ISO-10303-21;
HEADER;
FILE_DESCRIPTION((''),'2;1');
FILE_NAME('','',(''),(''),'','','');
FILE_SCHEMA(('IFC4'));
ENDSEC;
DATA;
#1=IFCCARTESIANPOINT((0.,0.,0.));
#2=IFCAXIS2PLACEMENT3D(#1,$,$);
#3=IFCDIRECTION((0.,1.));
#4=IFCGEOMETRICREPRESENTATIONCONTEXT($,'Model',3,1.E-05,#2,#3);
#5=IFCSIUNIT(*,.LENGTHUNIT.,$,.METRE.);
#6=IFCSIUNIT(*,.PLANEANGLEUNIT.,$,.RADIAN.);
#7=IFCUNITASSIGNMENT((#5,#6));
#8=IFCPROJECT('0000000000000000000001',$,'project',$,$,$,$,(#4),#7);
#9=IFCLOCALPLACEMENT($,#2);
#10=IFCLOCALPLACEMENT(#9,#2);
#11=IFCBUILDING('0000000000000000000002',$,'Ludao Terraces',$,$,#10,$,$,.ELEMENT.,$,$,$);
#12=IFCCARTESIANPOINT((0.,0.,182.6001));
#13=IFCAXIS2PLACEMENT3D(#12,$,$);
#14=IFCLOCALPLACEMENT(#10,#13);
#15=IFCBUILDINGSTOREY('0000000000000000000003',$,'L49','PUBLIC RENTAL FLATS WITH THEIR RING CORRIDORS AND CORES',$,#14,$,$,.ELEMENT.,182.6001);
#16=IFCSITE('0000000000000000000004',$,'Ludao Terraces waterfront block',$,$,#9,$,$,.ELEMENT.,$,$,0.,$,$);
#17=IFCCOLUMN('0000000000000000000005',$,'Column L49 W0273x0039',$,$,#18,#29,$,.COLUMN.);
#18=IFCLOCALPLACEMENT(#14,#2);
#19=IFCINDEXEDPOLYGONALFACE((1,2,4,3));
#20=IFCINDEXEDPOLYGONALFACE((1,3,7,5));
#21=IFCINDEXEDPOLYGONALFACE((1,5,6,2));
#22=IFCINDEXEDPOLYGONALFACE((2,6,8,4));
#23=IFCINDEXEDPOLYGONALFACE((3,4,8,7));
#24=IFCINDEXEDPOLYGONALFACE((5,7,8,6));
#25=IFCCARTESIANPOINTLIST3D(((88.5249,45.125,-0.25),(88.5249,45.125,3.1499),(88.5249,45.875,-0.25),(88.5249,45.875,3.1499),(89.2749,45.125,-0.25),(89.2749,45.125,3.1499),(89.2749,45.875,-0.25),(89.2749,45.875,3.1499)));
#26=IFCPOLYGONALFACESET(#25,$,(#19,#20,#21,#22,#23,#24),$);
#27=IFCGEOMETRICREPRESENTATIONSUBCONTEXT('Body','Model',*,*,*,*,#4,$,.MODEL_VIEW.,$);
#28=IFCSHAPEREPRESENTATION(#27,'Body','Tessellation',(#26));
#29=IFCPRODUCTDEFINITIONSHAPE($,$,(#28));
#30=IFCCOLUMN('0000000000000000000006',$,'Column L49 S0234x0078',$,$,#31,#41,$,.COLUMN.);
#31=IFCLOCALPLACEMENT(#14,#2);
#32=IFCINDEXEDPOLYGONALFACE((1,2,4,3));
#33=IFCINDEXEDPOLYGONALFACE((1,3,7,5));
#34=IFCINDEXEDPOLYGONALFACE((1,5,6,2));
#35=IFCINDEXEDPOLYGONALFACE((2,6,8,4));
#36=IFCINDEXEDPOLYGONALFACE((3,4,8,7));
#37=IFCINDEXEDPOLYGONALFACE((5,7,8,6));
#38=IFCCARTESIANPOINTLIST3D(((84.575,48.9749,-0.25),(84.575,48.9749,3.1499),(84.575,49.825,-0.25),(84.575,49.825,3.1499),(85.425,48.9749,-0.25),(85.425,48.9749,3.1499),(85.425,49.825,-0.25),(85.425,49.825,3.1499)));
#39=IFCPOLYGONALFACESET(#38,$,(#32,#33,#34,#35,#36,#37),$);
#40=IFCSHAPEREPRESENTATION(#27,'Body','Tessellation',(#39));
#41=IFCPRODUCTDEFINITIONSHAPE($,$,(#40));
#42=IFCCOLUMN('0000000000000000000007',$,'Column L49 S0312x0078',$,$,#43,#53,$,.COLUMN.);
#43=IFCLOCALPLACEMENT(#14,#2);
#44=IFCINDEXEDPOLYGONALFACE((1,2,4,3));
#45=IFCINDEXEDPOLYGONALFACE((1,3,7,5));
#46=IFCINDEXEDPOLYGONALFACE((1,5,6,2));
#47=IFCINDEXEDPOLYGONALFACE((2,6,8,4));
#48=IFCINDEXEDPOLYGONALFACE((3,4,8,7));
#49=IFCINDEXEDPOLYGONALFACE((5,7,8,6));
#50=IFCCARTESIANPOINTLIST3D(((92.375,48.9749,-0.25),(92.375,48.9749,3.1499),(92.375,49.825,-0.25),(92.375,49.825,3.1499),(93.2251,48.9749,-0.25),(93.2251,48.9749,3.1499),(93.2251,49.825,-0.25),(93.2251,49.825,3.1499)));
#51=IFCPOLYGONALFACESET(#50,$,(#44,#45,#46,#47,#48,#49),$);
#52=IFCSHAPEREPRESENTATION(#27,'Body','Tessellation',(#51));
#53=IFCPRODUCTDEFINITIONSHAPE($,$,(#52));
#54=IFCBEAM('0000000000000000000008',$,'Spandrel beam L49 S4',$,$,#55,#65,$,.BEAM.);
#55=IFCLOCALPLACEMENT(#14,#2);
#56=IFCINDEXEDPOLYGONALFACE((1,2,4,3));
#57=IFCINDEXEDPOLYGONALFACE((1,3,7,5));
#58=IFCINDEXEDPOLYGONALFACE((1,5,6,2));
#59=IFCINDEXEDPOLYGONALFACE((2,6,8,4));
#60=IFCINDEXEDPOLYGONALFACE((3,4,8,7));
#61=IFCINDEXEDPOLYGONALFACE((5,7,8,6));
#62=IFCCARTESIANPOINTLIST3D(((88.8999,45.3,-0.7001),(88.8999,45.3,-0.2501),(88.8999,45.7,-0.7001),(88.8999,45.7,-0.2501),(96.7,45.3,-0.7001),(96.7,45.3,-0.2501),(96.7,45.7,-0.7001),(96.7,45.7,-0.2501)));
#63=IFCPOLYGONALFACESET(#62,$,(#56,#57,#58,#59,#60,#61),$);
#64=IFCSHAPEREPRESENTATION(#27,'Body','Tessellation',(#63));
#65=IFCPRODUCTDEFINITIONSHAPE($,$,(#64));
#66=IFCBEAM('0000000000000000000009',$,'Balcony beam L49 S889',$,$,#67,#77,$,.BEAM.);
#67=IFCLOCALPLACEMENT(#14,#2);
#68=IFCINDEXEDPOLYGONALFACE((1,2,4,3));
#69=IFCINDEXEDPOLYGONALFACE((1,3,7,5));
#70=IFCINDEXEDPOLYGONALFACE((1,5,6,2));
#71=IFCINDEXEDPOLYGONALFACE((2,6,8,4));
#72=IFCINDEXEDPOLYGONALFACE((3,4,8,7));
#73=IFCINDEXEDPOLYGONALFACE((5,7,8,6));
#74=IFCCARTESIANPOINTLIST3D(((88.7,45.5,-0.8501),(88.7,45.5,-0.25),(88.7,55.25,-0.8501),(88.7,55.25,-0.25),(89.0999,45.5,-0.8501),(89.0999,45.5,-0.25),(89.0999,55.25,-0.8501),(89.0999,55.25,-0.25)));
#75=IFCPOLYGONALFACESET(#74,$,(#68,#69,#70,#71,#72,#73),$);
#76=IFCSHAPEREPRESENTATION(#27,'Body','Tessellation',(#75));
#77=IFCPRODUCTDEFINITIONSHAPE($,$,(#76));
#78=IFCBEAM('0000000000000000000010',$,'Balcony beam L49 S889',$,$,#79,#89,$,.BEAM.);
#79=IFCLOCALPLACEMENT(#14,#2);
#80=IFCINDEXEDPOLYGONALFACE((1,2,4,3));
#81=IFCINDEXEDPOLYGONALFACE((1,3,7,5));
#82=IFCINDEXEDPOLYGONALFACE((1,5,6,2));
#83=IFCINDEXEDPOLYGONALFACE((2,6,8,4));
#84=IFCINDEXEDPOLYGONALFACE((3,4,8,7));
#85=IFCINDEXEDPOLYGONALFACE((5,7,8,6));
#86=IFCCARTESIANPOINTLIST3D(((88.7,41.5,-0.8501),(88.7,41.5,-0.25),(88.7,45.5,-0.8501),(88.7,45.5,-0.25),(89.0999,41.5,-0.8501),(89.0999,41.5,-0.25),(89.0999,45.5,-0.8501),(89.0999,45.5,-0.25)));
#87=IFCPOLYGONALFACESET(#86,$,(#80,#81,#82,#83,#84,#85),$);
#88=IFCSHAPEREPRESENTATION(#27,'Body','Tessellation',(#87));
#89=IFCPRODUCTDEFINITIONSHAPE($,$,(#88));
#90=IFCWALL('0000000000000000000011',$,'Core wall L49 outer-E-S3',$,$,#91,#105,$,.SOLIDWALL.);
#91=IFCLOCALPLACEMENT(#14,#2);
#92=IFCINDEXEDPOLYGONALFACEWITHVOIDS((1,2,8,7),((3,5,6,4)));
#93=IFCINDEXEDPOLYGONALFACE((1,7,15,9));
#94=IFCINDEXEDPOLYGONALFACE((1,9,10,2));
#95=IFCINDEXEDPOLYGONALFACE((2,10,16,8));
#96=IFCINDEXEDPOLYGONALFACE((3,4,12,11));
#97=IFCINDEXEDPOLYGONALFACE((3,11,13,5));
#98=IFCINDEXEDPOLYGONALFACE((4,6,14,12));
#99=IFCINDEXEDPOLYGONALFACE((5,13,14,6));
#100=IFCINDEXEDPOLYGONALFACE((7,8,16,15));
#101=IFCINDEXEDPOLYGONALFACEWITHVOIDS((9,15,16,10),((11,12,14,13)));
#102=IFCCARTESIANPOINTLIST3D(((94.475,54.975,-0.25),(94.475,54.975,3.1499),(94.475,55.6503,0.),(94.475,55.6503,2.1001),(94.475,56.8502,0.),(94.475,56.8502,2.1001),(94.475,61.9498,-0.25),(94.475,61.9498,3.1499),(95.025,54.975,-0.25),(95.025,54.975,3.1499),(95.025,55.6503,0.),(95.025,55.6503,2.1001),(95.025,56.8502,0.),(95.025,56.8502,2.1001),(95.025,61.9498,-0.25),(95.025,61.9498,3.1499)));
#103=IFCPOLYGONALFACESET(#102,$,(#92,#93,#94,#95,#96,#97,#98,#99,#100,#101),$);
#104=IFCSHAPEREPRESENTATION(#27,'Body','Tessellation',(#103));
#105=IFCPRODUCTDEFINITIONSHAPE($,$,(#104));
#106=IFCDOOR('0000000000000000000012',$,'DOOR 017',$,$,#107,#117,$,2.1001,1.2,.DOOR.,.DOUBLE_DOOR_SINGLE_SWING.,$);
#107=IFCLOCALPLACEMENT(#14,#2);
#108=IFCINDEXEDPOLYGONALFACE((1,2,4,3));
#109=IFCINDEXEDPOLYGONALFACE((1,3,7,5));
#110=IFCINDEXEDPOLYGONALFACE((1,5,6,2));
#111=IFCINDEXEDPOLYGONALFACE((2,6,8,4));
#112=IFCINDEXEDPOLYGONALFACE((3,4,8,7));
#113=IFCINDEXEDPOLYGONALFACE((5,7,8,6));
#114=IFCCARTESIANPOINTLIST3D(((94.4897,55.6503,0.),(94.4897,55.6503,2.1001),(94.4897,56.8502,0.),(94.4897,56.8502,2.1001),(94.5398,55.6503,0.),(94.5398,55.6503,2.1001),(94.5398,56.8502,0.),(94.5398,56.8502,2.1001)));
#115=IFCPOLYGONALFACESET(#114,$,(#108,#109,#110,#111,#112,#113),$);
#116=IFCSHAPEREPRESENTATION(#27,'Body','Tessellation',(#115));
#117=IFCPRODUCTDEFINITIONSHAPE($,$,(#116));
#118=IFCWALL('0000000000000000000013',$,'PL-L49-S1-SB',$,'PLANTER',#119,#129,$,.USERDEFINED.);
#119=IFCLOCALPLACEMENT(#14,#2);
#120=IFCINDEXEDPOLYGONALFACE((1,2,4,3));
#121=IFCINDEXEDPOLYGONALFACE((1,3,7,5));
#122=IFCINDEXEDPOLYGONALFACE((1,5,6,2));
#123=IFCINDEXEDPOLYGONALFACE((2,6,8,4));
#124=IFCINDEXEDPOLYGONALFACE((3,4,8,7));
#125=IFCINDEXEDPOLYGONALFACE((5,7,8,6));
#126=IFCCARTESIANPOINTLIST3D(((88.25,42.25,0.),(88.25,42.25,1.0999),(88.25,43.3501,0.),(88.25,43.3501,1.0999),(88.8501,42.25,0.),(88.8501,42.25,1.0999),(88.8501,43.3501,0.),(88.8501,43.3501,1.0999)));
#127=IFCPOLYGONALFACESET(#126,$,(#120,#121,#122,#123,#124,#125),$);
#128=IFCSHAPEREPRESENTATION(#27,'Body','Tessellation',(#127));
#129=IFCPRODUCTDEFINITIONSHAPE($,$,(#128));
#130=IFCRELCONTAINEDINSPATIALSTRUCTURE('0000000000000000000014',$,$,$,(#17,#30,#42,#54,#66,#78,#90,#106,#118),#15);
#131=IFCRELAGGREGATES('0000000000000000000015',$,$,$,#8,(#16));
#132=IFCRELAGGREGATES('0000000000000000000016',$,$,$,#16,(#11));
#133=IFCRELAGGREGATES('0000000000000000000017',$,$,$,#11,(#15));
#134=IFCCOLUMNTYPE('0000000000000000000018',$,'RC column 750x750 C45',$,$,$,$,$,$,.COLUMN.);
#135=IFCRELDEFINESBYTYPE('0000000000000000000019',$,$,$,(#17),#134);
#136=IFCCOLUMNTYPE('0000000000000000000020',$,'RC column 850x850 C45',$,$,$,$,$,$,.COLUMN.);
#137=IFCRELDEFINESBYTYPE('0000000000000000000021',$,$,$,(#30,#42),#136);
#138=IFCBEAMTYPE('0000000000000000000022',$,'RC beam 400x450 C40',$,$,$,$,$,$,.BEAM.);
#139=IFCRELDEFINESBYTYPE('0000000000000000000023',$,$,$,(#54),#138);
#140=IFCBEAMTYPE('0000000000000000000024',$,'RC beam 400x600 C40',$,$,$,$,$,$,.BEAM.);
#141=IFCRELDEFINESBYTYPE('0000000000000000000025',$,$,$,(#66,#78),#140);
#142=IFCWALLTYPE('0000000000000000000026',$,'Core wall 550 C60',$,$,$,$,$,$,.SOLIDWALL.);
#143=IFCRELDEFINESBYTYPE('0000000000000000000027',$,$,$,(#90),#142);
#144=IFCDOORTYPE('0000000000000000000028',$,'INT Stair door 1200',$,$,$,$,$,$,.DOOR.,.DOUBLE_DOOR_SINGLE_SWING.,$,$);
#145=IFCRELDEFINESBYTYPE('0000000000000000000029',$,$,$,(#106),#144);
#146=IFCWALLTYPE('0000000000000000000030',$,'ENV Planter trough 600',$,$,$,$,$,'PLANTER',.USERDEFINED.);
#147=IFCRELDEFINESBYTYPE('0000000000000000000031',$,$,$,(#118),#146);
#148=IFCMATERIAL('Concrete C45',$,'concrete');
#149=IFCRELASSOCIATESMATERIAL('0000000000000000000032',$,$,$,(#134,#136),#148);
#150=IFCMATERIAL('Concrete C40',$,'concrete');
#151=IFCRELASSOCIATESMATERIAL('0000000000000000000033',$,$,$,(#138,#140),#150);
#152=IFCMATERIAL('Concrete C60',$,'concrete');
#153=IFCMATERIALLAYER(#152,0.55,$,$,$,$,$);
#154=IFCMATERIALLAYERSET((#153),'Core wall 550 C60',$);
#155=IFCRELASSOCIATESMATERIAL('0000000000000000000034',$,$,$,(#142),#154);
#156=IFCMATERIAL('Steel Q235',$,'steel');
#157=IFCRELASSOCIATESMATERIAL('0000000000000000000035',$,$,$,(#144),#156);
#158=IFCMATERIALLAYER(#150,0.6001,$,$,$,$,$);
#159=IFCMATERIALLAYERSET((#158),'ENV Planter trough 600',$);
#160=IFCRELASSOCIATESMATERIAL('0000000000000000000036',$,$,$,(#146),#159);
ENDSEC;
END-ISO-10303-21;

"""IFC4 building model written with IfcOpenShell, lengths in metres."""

from ifc_helpers import new_model, si_unit, direction, frame, frame_2d, origin, origin_2d, place, context, subcontext, project, spatial, rectangle, extrude, material, layer, layer_set, material_profile, profile_set, type_object, element, fill, save


model = new_model("IFC4")

# Units and contexts
model_context = context("Model", 3, precision=1e-05, world=origin(), true_north=direction((0.0, 1.0)))
body_context = subcontext(model_context, "Body", "Model", "MODEL_VIEW")
ifc_project = project(units=[si_unit("LENGTHUNIT", "METRE"), si_unit("PLANEANGLEUNIT", "RADIAN")], contexts=[model_context])

# Site, building, storey
site_placement = place(None, origin())
site = spatial("IfcSite", under=ifc_project, at=site_placement, Name="Ludao Terraces waterfront block", CompositionType="ELEMENT", RefElevation=0.0)
building_placement = place(site_placement, origin())
building = spatial("IfcBuilding", under=site, at=building_placement, Name="Ludao Terraces", CompositionType="ELEMENT")
storey_placement = place(building_placement, frame((0.0, 0.0, 182.6001)))
storey = spatial("IfcBuildingStorey", under=building, at=storey_placement, Name="L49", Description="PUBLIC RENTAL FLATS WITH THEIR RING CORRIDORS AND CORES", CompositionType="ELEMENT", Elevation=182.6001)

# Columns
ifc_material_1 = material(Name="Concrete C45", Category="concrete")
ifc_material_profile_1 = material_profile(ifc_material_1, rectangle(XDim=0.75, YDim=0.75, at=origin_2d()), Name="750 X 750")
ifc_profile_set_1 = profile_set([ifc_material_profile_1], Name="Concrete C45")
column_type_1 = type_object("IfcColumnType", Name="RC column 750x750 C45", PredefinedType="COLUMN", material=ifc_profile_set_1)
column_placement = place(storey_placement, frame((88.8999, 45.5, -0.25), z_axis=(0.0, 0.0, 1.0), x_axis=(1.0, 0.0, 0.0)))
element("IfcColumn", 1, at=column_placement, inside=storey, type_object=column_type_1, Name="Column L49 W0273x0039", PredefinedType="COLUMN", context=body_context, shape_type="SweptSolid", body=[
    extrude(rectangle(XDim=0.75, YDim=0.75, at=origin_2d()), origin(), (0.0, 0.0, 1.0), 3.3999),
])
ifc_material_profile_2 = material_profile(ifc_material_1, rectangle(XDim=0.8501, YDim=0.8501, at=origin_2d()), Name="850 X 850")
ifc_profile_set_2 = profile_set([ifc_material_profile_2], Name="Concrete C45")
column_type_2 = type_object("IfcColumnType", Name="RC column 850x850 C45", PredefinedType="COLUMN", material=ifc_profile_set_2)
for number, where, z_axis, x_axis, name in (
    (2, (85.0, 49.3999, -0.25), (0.0, 0.0, 1.0), (1.0, 0.0, 0.0), "Column L49 S0234x0078"),
    (3, (92.8, 49.3999, -0.25), (0.0, 0.0, 1.0), (1.0, 0.0, 0.0), "Column L49 S0312x0078"),
):
    element("IfcColumn", number, at=place(storey_placement, frame(where, z_axis=z_axis, x_axis=x_axis)), inside=storey, type_object=column_type_2, Name=name, PredefinedType="COLUMN", context=body_context, shape_type="SweptSolid", body=[
        extrude(rectangle(XDim=0.8501, YDim=0.8501, at=origin_2d()), origin(), (0.0, 0.0, 1.0), 3.3999),
    ])

# Beams
ifc_material_2 = material(Name="Concrete C40", Category="concrete")
ifc_material_profile_3 = material_profile(ifc_material_2, rectangle(XDim=0.3999, YDim=0.45, at=origin_2d()), Name="400 X 450")
ifc_profile_set_3 = profile_set([ifc_material_profile_3], Name="Concrete C40")
beam_type_1 = type_object("IfcBeamType", Name="RC beam 400x450 C40", PredefinedType="BEAM", material=ifc_profile_set_3)
beam_1_placement = place(storey_placement, frame((88.8999, 45.5, -0.4751), z_axis=(1.0, 0.0, 0.0), x_axis=(0.0, 1.0, 0.0)))
element("IfcBeam", 4, at=beam_1_placement, inside=storey, type_object=beam_type_1, Name="Spandrel beam L49 S4", PredefinedType="BEAM", context=body_context, shape_type="SweptSolid", body=[
    extrude(rectangle(XDim=0.3999, YDim=0.45, at=origin_2d()), origin(), (0.0, 0.0, 1.0), 7.8),
])
ifc_material_profile_4 = material_profile(ifc_material_2, rectangle(XDim=0.3999, YDim=0.6001, at=origin_2d()), Name="400 X 600")
ifc_profile_set_4 = profile_set([ifc_material_profile_4], Name="Concrete C40")
beam_type_2 = type_object("IfcBeamType", Name="RC beam 400x600 C40", PredefinedType="BEAM", material=ifc_profile_set_4)
beam_2_placement = place(storey_placement, frame((88.8999, 55.25, -0.55), z_axis=(0.0, -1.0, 0.0), x_axis=(1.0, 0.0, 0.0)))
element("IfcBeam", 5, at=beam_2_placement, inside=storey, type_object=beam_type_2, Name="Balcony beam L49 S889", PredefinedType="BEAM", context=body_context, shape_type="SweptSolid", body=[
    extrude(rectangle(XDim=0.3999, YDim=0.6001, at=origin_2d()), origin(), (0.0, 0.0, 1.0), 9.75),
])
beam_3_placement = place(storey_placement, frame((88.8999, 45.5, -0.55), z_axis=(0.0, -1.0, 0.0), x_axis=(1.0, 0.0, 0.0)))
element("IfcBeam", 6, at=beam_3_placement, inside=storey, type_object=beam_type_2, Name="Balcony beam L49 S889", PredefinedType="BEAM", context=body_context, shape_type="SweptSolid", body=[
    extrude(rectangle(XDim=0.3999, YDim=0.6001, at=origin_2d()), origin(), (0.0, 0.0, 1.0), 4.0),
])

# Wall, opening, door
ifc_material_3 = material(Name="Concrete C60", Category="concrete")
ifc_layer_1 = layer(ifc_material_3, 0.55)
ifc_layer_set_1 = layer_set([ifc_layer_1], Name="Core wall 550 C60")
wall_type_1 = type_object("IfcWallType", Name="Core wall 550 C60", PredefinedType="SOLIDWALL", material=ifc_layer_set_1)
wall_1_placement = place(storey_placement, frame((94.75, 54.9751, -0.25), z_axis=(0.0, 0.0, 1.0), x_axis=(0.0, 1.0, 0.0)))
wall_1 = element("IfcWall", 7, at=wall_1_placement, inside=storey, type_object=wall_type_1, Name="Core wall L49 outer-E-S3", PredefinedType="SOLIDWALL", context=body_context, shape_type="SweptSolid", body=[
    extrude(rectangle(XDim=6.9749, YDim=0.55, at=frame_2d((3.4873, 0.0))), origin(), (0.0, 0.0, 1.0), 3.3999),
])
opening_1_placement = place(wall_1_placement, frame((0.675, 0.0, 0.25)))
opening_1 = element("IfcOpeningElement", 8, at=opening_1_placement, cuts=wall_1, PredefinedType="OPENING", context=body_context, shape_type="SweptSolid", body=[
    extrude(rectangle(XDim=1.2, YDim=2.1001, at=frame_2d((0.6001, 1.05))), frame((0.0, 0.2852, 0.0), z_axis=(0.0, -1.0, 0.0), x_axis=(1.0, 0.0, 0.0)), (0.0, 0.0, 1.0), 0.5701),
])
ifc_material_4 = material(Name="Steel Q235", Category="steel")
door_type_1 = type_object("IfcDoorType", Name="INT Stair door 1200", OperationType="DOUBLE_DOOR_SINGLE_SWING", PredefinedType="DOOR", material=ifc_material_4)
door_1_placement = place(opening_1_placement, origin())
door_1 = element("IfcDoor", 9, at=door_1_placement, inside=storey, type_object=door_type_1, Name="DOOR 017", OperationType="DOUBLE_DOOR_SINGLE_SWING", OverallHeight=2.1001, OverallWidth=1.2, PredefinedType="DOOR", context=body_context, shape_type="SweptSolid", body=[
    extrude(rectangle(XDim=1.2, YDim=2.1001, at=frame_2d((0.6001, 1.05))), frame((0.0, 0.2603, 0.0), z_axis=(0.0, -1.0, 0.0), x_axis=(1.0, 0.0, 0.0)), (0.0, 0.0, 1.0), 0.05),
])
fill(opening_1, door_1)

# Wall
ifc_layer_2 = layer(ifc_material_2, 0.6001)
ifc_layer_set_2 = layer_set([ifc_layer_2], Name="ENV Planter trough 600")
wall_type_2 = type_object("IfcWallType", Name="ENV Planter trough 600", ElementType="PLANTER", PredefinedType="USERDEFINED", material=ifc_layer_set_2)
wall_2_placement = place(storey_placement, frame((88.55, 42.25, 0.0), z_axis=(0.0, 0.0, 1.0), x_axis=(0.0, 1.0, 0.0)))
element("IfcWall", 10, at=wall_2_placement, inside=storey, type_object=wall_type_2, Name="PL-L49-S1-SB", ObjectType="PLANTER", PredefinedType="USERDEFINED", context=body_context, shape_type="SweptSolid", body=[
    extrude(rectangle(XDim=1.1001, YDim=0.6001, at=frame_2d((0.55, 0.0))), origin(), (0.0, 0.0, 1.0), 1.0999),
])

save(model, "model.ifc")
